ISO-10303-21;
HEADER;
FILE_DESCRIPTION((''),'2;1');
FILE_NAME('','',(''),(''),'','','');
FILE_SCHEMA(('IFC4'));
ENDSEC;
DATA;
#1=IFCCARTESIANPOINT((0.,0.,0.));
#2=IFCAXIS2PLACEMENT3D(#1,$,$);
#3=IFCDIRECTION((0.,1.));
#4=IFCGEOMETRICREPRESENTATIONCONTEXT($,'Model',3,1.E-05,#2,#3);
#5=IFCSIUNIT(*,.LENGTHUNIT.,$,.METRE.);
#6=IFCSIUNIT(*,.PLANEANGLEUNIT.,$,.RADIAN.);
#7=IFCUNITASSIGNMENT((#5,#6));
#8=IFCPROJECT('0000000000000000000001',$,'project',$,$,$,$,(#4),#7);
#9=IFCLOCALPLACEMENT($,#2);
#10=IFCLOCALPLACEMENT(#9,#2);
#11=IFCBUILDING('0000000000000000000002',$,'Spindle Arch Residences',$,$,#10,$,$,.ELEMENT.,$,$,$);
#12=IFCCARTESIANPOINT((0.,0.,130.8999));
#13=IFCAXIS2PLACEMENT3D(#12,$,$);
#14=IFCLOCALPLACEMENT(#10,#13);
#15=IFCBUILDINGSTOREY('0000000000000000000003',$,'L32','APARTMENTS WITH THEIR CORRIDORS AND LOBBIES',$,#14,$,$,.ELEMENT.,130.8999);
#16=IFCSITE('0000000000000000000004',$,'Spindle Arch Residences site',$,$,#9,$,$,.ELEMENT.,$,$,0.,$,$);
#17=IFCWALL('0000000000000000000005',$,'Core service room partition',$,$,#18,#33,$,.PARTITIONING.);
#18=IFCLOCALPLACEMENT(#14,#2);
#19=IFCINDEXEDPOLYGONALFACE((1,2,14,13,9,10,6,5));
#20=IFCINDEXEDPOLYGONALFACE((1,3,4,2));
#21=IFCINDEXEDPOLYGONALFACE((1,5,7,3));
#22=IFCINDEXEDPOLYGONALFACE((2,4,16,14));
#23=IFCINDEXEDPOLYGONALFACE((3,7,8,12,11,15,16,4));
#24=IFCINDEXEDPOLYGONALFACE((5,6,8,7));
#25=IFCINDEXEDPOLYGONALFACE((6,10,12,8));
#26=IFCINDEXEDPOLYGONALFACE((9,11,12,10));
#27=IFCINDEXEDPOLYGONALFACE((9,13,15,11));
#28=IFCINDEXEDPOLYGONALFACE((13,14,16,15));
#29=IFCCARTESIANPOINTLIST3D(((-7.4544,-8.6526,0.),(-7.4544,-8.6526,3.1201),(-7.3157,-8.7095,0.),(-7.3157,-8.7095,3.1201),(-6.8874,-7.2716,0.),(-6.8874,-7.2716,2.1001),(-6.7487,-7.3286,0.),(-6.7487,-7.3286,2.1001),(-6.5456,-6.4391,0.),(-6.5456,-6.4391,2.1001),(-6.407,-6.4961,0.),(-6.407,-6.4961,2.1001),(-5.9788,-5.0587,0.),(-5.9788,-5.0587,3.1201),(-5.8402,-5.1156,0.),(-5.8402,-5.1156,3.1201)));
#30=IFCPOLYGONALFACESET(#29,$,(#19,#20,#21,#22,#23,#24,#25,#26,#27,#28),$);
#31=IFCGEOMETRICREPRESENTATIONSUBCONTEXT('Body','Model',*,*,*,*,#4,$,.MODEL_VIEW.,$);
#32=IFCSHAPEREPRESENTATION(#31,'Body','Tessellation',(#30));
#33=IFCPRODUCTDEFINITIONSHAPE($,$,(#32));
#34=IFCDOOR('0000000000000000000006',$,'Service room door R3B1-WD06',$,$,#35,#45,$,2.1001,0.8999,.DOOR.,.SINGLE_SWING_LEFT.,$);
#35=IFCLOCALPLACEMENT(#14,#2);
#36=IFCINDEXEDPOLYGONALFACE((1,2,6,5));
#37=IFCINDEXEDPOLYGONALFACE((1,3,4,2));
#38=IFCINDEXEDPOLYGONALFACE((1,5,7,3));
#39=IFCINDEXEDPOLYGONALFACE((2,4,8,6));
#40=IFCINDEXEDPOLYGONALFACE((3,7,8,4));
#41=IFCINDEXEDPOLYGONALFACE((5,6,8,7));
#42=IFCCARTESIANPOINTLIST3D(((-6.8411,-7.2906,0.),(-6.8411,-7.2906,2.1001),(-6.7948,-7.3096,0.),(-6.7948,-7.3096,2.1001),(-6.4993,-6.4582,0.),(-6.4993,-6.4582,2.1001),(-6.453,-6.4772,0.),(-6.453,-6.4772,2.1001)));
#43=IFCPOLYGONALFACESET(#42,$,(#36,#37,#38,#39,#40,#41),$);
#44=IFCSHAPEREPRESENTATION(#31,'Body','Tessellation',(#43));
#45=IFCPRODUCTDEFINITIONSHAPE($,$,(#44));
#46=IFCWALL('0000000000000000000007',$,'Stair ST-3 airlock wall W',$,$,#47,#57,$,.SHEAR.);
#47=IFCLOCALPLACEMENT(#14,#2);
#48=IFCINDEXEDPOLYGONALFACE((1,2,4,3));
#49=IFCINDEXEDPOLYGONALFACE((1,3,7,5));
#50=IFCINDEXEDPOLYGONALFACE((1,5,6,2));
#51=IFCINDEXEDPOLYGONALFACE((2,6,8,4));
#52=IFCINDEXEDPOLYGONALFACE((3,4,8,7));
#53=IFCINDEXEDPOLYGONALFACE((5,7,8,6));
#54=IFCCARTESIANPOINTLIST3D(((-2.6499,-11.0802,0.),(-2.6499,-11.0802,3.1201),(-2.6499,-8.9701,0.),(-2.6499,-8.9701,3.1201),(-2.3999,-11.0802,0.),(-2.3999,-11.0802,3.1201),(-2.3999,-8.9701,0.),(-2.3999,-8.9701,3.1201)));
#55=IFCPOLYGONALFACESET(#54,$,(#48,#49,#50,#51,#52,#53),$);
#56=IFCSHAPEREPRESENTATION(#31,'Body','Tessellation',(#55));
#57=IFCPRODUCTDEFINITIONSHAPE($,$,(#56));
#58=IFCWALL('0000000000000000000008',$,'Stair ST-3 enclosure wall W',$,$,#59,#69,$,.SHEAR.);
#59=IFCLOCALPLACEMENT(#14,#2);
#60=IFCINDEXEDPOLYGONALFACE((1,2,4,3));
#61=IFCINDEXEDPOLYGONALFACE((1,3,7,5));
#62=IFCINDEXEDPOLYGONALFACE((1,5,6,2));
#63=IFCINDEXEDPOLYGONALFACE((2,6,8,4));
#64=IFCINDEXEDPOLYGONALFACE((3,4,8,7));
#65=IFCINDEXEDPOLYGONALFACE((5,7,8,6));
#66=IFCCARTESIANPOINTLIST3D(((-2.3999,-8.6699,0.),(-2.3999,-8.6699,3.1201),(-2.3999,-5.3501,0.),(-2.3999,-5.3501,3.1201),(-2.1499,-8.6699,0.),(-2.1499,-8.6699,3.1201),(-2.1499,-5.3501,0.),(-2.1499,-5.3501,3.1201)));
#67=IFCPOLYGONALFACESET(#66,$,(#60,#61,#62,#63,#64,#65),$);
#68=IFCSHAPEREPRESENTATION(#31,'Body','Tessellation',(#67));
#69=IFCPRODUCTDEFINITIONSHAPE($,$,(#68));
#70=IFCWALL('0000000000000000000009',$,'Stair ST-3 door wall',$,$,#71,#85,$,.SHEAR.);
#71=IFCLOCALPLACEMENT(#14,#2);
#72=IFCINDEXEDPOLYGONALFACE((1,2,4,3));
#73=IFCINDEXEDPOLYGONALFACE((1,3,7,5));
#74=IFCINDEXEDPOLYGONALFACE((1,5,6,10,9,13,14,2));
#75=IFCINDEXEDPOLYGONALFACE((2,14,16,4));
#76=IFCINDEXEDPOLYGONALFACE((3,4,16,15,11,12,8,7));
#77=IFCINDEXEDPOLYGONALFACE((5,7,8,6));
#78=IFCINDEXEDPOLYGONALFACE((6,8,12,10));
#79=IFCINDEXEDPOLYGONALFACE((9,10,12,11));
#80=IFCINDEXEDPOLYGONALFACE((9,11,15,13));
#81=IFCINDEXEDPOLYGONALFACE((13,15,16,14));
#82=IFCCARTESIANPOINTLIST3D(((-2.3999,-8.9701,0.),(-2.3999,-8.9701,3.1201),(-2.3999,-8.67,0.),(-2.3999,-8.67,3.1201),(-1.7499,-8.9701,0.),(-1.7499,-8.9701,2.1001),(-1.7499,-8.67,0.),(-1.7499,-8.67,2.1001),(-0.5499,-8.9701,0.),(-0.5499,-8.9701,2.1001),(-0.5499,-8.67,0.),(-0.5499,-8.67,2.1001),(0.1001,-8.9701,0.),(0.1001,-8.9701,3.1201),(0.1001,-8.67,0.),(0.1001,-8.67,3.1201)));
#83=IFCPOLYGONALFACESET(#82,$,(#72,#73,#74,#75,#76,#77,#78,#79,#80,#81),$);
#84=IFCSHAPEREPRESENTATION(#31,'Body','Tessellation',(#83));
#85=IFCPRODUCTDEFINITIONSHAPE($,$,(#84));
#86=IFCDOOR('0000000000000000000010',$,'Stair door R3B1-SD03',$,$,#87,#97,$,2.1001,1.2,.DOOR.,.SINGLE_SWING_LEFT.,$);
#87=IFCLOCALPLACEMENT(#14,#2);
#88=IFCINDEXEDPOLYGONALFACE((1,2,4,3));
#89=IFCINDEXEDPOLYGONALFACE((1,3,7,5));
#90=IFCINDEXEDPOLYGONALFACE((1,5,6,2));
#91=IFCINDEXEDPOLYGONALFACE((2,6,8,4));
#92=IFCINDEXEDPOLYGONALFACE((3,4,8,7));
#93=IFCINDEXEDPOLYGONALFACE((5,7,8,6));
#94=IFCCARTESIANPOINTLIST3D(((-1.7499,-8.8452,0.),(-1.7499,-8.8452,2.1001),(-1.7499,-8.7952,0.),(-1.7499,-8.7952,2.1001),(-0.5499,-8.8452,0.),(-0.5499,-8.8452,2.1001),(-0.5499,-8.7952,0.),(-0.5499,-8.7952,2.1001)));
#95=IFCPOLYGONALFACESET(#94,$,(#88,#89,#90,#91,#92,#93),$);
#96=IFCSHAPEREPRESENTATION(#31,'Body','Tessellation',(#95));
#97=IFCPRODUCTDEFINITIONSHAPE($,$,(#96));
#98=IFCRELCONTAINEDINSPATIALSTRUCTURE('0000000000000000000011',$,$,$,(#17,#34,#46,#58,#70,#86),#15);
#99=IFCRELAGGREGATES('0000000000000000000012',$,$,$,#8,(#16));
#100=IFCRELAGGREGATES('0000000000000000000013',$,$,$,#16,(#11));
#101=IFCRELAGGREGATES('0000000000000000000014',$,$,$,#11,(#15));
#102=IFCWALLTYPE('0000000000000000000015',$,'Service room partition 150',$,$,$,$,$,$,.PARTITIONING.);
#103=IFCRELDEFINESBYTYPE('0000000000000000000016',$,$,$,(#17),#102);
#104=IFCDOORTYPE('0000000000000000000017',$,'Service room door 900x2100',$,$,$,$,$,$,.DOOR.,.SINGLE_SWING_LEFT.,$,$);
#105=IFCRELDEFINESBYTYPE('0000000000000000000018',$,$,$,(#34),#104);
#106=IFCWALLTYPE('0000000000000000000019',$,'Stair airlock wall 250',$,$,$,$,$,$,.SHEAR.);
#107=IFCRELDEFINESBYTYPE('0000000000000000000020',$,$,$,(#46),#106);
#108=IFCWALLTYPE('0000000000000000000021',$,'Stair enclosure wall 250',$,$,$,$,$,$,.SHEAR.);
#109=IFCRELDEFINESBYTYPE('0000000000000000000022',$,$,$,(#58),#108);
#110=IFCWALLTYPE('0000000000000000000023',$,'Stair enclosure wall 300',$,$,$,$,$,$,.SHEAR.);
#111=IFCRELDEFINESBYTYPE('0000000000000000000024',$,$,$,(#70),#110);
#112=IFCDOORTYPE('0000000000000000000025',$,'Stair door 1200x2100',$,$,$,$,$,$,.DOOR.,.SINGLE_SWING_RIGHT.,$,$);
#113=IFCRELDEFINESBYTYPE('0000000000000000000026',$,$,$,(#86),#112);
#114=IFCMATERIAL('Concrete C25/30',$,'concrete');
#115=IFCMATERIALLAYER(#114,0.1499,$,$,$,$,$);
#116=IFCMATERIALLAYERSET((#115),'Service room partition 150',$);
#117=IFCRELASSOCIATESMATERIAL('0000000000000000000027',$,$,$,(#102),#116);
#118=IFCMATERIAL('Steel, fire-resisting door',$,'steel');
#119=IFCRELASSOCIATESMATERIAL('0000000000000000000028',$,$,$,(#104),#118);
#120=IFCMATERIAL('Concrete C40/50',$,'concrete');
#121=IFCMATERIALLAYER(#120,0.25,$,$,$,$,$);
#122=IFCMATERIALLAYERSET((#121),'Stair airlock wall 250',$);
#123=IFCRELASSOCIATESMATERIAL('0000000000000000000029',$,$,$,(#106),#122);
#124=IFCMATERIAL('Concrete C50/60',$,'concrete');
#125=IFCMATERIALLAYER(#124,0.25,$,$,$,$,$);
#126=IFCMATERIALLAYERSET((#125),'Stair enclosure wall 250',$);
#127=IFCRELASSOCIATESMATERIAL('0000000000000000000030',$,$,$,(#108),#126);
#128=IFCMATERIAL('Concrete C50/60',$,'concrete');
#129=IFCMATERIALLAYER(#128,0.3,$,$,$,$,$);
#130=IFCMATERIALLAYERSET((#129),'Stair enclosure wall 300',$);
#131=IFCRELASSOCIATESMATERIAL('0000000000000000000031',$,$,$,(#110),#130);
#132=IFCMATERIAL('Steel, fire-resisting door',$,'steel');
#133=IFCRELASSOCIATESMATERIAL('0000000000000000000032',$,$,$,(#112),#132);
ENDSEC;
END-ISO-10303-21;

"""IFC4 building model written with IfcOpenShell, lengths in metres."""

from ifc_helpers import new_model, si_unit, direction, frame, frame_2d, origin, place, context, subcontext, project, spatial, rectangle, extrude, material, layer, layer_set, type_object, element, fill, save


model = new_model("IFC4")

# Units and contexts
model_context = context("Model", 3, precision=1e-05, world=origin(), true_north=direction((0.0, 1.0)))
body_context = subcontext(model_context, "Body", "Model", "MODEL_VIEW")
ifc_project = project(units=[si_unit("LENGTHUNIT", "METRE"), si_unit("PLANEANGLEUNIT", "RADIAN")], contexts=[model_context])

# Site, building, storey
site_placement = place(None, origin())
site = spatial("IfcSite", under=ifc_project, at=site_placement, Name="Spindle Arch Residences site", CompositionType="ELEMENT", RefElevation=0.0)
building_placement = place(site_placement, origin())
building = spatial("IfcBuilding", under=site, at=building_placement, Name="Spindle Arch Residences", CompositionType="ELEMENT")
storey_placement = place(building_placement, frame((0.0, 0.0, 130.8999)))
storey = spatial("IfcBuildingStorey", under=building, at=storey_placement, Name="L32", Description="APARTMENTS WITH THEIR CORRIDORS AND LOBBIES", CompositionType="ELEMENT", Elevation=130.8999)

# Wall, opening, door
ifc_material_1 = material(Name="Concrete C25/30", Category="concrete")
ifc_layer_1 = layer(ifc_material_1, 0.1499)
ifc_layer_set_1 = layer_set([ifc_layer_1], Name="Service room partition 150")
wall_type_1 = type_object("IfcWallType", Name="Service room partition 150", PredefinedType="PARTITIONING", material=ifc_layer_set_1)
wall_1_placement = place(storey_placement, frame((-7.385, -8.6809, 0.0), z_axis=(0.0, 0.0, 1.0), x_axis=(0.379805, 0.925067, 0.0)))
wall_1 = element("IfcWall", 1, at=wall_1_placement, inside=storey, type_object=wall_type_1, Name="Core service room partition", PredefinedType="PARTITIONING", context=body_context, shape_type="SweptSolid", body=[
    extrude(rectangle(XDim=3.885, YDim=0.1499, at=frame_2d((1.9424, 0.0))), origin(), (0.0, 0.0, 1.0), 3.1201),
])
opening_1_placement = place(wall_1_placement, frame((1.4927, 0.0, 0.0)))
opening_1 = element("IfcOpeningElement", 2, at=opening_1_placement, cuts=wall_1, PredefinedType="OPENING", context=body_context, shape_type="SweptSolid", body=[
    extrude(rectangle(XDim=0.8999, YDim=2.1001, at=frame_2d((0.45, 1.05))), frame((0.0, 0.085, 0.0), z_axis=(0.0, -1.0, 0.0), x_axis=(1.0, 0.0, 0.0)), (0.0, 0.0, 1.0), 0.1699),
])
ifc_material_2 = material(Name="Steel, fire-resisting door", Category="steel")
door_type_1 = type_object("IfcDoorType", Name="Service room door 900x2100", OperationType="SINGLE_SWING_LEFT", PredefinedType="DOOR", material=ifc_material_2)
door_1_placement = place(opening_1_placement, origin())
door_1 = element("IfcDoor", 3, at=door_1_placement, inside=storey, type_object=door_type_1, Name="Service room door R3B1-WD06", OperationType="SINGLE_SWING_LEFT", OverallHeight=2.1001, OverallWidth=0.8999, PredefinedType="DOOR", context=body_context, shape_type="SweptSolid", body=[
    extrude(rectangle(XDim=0.8999, YDim=2.1001, at=frame_2d((0.45, 1.05))), frame((0.0, 0.0249, 0.0), z_axis=(0.0, -1.0, 0.0), x_axis=(1.0, 0.0, 0.0)), (0.0, 0.0, 1.0), 0.05),
])
fill(opening_1, door_1)

# Walls
ifc_material_3 = material(Name="Concrete C40/50", Category="concrete")
ifc_layer_2 = layer(ifc_material_3, 0.25)
ifc_layer_set_2 = layer_set([ifc_layer_2], Name="Stair airlock wall 250")
wall_type_2 = type_object("IfcWallType", Name="Stair airlock wall 250", PredefinedType="SHEAR", material=ifc_layer_set_2)
wall_2_placement = place(storey_placement, frame((-2.5249, -8.97, 0.0), z_axis=(0.0, 0.0, 1.0), x_axis=(0.0, -1.0, 0.0)))
element("IfcWall", 4, at=wall_2_placement, inside=storey, type_object=wall_type_2, Name="Stair ST-3 airlock wall W", PredefinedType="SHEAR", context=body_context, shape_type="SweptSolid", body=[
    extrude(rectangle(XDim=2.1101, YDim=0.25, at=frame_2d((1.0552, 0.0))), origin(), (0.0, 0.0, 1.0), 3.1201),
])
ifc_material_4 = material(Name="Concrete C50/60", Category="concrete")
ifc_layer_3 = layer(ifc_material_4, 0.25)
ifc_layer_set_3 = layer_set([ifc_layer_3], Name="Stair enclosure wall 250")
wall_type_3 = type_object("IfcWallType", Name="Stair enclosure wall 250", PredefinedType="SHEAR", material=ifc_layer_set_3)
wall_3_placement = place(storey_placement, frame((-2.2749, -8.6699, 0.0), z_axis=(0.0, 0.0, 1.0), x_axis=(0.0, 1.0, 0.0)))
element("IfcWall", 5, at=wall_3_placement, inside=storey, type_object=wall_type_3, Name="Stair ST-3 enclosure wall W", PredefinedType="SHEAR", context=body_context, shape_type="SweptSolid", body=[
    extrude(rectangle(XDim=3.3198, YDim=0.25, at=frame_2d((1.6599, 0.0))), origin(), (0.0, 0.0, 1.0), 3.1201),
])

# Wall, opening, door
ifc_material_5 = material(Name="Concrete C50/60", Category="concrete")
ifc_layer_4 = layer(ifc_material_5, 0.3)
ifc_layer_set_4 = layer_set([ifc_layer_4], Name="Stair enclosure wall 300")
wall_type_4 = type_object("IfcWallType", Name="Stair enclosure wall 300", PredefinedType="SHEAR", material=ifc_layer_set_4)
wall_4_placement = place(storey_placement, frame((-2.3999, -8.8201, 0.0), z_axis=(0.0, 0.0, 1.0), x_axis=(1.0, 0.0, 0.0)))
wall_4 = element("IfcWall", 6, at=wall_4_placement, inside=storey, type_object=wall_type_4, Name="Stair ST-3 door wall", PredefinedType="SHEAR", context=body_context, shape_type="SweptSolid", body=[
    extrude(rectangle(XDim=2.5, YDim=0.3, at=frame_2d((1.25, 0.0))), origin(), (0.0, 0.0, 1.0), 3.1201),
])
opening_2_placement = place(wall_4_placement, frame((0.6499, 0.0, 0.0)))
opening_2 = element("IfcOpeningElement", 7, at=opening_2_placement, cuts=wall_4, PredefinedType="OPENING", context=body_context, shape_type="SweptSolid", body=[
    extrude(rectangle(XDim=1.2, YDim=2.1001, at=frame_2d((0.6001, 1.05))), frame((0.0, 0.1602, 0.0), z_axis=(0.0, -1.0, 0.0), x_axis=(1.0, 0.0, 0.0)), (0.0, 0.0, 1.0), 0.3201),
])
ifc_material_6 = material(Name="Steel, fire-resisting door", Category="steel")
door_type_2 = type_object("IfcDoorType", Name="Stair door 1200x2100", OperationType="SINGLE_SWING_RIGHT", PredefinedType="DOOR", material=ifc_material_6)
door_2_placement = place(opening_2_placement, origin())
door_2 = element("IfcDoor", 8, at=door_2_placement, inside=storey, type_object=door_type_2, Name="Stair door R3B1-SD03", OperationType="SINGLE_SWING_LEFT", OverallHeight=2.1001, OverallWidth=1.2, PredefinedType="DOOR", context=body_context, shape_type="SweptSolid", body=[
    extrude(rectangle(XDim=1.2, YDim=2.1001, at=frame_2d((0.6001, 1.05))), frame((0.0, 0.0249, 0.0), z_axis=(0.0, -1.0, 0.0), x_axis=(1.0, 0.0, 0.0)), (0.0, 0.0, 1.0), 0.05),
])
fill(opening_2, door_2)

save(model, "model.ifc")
